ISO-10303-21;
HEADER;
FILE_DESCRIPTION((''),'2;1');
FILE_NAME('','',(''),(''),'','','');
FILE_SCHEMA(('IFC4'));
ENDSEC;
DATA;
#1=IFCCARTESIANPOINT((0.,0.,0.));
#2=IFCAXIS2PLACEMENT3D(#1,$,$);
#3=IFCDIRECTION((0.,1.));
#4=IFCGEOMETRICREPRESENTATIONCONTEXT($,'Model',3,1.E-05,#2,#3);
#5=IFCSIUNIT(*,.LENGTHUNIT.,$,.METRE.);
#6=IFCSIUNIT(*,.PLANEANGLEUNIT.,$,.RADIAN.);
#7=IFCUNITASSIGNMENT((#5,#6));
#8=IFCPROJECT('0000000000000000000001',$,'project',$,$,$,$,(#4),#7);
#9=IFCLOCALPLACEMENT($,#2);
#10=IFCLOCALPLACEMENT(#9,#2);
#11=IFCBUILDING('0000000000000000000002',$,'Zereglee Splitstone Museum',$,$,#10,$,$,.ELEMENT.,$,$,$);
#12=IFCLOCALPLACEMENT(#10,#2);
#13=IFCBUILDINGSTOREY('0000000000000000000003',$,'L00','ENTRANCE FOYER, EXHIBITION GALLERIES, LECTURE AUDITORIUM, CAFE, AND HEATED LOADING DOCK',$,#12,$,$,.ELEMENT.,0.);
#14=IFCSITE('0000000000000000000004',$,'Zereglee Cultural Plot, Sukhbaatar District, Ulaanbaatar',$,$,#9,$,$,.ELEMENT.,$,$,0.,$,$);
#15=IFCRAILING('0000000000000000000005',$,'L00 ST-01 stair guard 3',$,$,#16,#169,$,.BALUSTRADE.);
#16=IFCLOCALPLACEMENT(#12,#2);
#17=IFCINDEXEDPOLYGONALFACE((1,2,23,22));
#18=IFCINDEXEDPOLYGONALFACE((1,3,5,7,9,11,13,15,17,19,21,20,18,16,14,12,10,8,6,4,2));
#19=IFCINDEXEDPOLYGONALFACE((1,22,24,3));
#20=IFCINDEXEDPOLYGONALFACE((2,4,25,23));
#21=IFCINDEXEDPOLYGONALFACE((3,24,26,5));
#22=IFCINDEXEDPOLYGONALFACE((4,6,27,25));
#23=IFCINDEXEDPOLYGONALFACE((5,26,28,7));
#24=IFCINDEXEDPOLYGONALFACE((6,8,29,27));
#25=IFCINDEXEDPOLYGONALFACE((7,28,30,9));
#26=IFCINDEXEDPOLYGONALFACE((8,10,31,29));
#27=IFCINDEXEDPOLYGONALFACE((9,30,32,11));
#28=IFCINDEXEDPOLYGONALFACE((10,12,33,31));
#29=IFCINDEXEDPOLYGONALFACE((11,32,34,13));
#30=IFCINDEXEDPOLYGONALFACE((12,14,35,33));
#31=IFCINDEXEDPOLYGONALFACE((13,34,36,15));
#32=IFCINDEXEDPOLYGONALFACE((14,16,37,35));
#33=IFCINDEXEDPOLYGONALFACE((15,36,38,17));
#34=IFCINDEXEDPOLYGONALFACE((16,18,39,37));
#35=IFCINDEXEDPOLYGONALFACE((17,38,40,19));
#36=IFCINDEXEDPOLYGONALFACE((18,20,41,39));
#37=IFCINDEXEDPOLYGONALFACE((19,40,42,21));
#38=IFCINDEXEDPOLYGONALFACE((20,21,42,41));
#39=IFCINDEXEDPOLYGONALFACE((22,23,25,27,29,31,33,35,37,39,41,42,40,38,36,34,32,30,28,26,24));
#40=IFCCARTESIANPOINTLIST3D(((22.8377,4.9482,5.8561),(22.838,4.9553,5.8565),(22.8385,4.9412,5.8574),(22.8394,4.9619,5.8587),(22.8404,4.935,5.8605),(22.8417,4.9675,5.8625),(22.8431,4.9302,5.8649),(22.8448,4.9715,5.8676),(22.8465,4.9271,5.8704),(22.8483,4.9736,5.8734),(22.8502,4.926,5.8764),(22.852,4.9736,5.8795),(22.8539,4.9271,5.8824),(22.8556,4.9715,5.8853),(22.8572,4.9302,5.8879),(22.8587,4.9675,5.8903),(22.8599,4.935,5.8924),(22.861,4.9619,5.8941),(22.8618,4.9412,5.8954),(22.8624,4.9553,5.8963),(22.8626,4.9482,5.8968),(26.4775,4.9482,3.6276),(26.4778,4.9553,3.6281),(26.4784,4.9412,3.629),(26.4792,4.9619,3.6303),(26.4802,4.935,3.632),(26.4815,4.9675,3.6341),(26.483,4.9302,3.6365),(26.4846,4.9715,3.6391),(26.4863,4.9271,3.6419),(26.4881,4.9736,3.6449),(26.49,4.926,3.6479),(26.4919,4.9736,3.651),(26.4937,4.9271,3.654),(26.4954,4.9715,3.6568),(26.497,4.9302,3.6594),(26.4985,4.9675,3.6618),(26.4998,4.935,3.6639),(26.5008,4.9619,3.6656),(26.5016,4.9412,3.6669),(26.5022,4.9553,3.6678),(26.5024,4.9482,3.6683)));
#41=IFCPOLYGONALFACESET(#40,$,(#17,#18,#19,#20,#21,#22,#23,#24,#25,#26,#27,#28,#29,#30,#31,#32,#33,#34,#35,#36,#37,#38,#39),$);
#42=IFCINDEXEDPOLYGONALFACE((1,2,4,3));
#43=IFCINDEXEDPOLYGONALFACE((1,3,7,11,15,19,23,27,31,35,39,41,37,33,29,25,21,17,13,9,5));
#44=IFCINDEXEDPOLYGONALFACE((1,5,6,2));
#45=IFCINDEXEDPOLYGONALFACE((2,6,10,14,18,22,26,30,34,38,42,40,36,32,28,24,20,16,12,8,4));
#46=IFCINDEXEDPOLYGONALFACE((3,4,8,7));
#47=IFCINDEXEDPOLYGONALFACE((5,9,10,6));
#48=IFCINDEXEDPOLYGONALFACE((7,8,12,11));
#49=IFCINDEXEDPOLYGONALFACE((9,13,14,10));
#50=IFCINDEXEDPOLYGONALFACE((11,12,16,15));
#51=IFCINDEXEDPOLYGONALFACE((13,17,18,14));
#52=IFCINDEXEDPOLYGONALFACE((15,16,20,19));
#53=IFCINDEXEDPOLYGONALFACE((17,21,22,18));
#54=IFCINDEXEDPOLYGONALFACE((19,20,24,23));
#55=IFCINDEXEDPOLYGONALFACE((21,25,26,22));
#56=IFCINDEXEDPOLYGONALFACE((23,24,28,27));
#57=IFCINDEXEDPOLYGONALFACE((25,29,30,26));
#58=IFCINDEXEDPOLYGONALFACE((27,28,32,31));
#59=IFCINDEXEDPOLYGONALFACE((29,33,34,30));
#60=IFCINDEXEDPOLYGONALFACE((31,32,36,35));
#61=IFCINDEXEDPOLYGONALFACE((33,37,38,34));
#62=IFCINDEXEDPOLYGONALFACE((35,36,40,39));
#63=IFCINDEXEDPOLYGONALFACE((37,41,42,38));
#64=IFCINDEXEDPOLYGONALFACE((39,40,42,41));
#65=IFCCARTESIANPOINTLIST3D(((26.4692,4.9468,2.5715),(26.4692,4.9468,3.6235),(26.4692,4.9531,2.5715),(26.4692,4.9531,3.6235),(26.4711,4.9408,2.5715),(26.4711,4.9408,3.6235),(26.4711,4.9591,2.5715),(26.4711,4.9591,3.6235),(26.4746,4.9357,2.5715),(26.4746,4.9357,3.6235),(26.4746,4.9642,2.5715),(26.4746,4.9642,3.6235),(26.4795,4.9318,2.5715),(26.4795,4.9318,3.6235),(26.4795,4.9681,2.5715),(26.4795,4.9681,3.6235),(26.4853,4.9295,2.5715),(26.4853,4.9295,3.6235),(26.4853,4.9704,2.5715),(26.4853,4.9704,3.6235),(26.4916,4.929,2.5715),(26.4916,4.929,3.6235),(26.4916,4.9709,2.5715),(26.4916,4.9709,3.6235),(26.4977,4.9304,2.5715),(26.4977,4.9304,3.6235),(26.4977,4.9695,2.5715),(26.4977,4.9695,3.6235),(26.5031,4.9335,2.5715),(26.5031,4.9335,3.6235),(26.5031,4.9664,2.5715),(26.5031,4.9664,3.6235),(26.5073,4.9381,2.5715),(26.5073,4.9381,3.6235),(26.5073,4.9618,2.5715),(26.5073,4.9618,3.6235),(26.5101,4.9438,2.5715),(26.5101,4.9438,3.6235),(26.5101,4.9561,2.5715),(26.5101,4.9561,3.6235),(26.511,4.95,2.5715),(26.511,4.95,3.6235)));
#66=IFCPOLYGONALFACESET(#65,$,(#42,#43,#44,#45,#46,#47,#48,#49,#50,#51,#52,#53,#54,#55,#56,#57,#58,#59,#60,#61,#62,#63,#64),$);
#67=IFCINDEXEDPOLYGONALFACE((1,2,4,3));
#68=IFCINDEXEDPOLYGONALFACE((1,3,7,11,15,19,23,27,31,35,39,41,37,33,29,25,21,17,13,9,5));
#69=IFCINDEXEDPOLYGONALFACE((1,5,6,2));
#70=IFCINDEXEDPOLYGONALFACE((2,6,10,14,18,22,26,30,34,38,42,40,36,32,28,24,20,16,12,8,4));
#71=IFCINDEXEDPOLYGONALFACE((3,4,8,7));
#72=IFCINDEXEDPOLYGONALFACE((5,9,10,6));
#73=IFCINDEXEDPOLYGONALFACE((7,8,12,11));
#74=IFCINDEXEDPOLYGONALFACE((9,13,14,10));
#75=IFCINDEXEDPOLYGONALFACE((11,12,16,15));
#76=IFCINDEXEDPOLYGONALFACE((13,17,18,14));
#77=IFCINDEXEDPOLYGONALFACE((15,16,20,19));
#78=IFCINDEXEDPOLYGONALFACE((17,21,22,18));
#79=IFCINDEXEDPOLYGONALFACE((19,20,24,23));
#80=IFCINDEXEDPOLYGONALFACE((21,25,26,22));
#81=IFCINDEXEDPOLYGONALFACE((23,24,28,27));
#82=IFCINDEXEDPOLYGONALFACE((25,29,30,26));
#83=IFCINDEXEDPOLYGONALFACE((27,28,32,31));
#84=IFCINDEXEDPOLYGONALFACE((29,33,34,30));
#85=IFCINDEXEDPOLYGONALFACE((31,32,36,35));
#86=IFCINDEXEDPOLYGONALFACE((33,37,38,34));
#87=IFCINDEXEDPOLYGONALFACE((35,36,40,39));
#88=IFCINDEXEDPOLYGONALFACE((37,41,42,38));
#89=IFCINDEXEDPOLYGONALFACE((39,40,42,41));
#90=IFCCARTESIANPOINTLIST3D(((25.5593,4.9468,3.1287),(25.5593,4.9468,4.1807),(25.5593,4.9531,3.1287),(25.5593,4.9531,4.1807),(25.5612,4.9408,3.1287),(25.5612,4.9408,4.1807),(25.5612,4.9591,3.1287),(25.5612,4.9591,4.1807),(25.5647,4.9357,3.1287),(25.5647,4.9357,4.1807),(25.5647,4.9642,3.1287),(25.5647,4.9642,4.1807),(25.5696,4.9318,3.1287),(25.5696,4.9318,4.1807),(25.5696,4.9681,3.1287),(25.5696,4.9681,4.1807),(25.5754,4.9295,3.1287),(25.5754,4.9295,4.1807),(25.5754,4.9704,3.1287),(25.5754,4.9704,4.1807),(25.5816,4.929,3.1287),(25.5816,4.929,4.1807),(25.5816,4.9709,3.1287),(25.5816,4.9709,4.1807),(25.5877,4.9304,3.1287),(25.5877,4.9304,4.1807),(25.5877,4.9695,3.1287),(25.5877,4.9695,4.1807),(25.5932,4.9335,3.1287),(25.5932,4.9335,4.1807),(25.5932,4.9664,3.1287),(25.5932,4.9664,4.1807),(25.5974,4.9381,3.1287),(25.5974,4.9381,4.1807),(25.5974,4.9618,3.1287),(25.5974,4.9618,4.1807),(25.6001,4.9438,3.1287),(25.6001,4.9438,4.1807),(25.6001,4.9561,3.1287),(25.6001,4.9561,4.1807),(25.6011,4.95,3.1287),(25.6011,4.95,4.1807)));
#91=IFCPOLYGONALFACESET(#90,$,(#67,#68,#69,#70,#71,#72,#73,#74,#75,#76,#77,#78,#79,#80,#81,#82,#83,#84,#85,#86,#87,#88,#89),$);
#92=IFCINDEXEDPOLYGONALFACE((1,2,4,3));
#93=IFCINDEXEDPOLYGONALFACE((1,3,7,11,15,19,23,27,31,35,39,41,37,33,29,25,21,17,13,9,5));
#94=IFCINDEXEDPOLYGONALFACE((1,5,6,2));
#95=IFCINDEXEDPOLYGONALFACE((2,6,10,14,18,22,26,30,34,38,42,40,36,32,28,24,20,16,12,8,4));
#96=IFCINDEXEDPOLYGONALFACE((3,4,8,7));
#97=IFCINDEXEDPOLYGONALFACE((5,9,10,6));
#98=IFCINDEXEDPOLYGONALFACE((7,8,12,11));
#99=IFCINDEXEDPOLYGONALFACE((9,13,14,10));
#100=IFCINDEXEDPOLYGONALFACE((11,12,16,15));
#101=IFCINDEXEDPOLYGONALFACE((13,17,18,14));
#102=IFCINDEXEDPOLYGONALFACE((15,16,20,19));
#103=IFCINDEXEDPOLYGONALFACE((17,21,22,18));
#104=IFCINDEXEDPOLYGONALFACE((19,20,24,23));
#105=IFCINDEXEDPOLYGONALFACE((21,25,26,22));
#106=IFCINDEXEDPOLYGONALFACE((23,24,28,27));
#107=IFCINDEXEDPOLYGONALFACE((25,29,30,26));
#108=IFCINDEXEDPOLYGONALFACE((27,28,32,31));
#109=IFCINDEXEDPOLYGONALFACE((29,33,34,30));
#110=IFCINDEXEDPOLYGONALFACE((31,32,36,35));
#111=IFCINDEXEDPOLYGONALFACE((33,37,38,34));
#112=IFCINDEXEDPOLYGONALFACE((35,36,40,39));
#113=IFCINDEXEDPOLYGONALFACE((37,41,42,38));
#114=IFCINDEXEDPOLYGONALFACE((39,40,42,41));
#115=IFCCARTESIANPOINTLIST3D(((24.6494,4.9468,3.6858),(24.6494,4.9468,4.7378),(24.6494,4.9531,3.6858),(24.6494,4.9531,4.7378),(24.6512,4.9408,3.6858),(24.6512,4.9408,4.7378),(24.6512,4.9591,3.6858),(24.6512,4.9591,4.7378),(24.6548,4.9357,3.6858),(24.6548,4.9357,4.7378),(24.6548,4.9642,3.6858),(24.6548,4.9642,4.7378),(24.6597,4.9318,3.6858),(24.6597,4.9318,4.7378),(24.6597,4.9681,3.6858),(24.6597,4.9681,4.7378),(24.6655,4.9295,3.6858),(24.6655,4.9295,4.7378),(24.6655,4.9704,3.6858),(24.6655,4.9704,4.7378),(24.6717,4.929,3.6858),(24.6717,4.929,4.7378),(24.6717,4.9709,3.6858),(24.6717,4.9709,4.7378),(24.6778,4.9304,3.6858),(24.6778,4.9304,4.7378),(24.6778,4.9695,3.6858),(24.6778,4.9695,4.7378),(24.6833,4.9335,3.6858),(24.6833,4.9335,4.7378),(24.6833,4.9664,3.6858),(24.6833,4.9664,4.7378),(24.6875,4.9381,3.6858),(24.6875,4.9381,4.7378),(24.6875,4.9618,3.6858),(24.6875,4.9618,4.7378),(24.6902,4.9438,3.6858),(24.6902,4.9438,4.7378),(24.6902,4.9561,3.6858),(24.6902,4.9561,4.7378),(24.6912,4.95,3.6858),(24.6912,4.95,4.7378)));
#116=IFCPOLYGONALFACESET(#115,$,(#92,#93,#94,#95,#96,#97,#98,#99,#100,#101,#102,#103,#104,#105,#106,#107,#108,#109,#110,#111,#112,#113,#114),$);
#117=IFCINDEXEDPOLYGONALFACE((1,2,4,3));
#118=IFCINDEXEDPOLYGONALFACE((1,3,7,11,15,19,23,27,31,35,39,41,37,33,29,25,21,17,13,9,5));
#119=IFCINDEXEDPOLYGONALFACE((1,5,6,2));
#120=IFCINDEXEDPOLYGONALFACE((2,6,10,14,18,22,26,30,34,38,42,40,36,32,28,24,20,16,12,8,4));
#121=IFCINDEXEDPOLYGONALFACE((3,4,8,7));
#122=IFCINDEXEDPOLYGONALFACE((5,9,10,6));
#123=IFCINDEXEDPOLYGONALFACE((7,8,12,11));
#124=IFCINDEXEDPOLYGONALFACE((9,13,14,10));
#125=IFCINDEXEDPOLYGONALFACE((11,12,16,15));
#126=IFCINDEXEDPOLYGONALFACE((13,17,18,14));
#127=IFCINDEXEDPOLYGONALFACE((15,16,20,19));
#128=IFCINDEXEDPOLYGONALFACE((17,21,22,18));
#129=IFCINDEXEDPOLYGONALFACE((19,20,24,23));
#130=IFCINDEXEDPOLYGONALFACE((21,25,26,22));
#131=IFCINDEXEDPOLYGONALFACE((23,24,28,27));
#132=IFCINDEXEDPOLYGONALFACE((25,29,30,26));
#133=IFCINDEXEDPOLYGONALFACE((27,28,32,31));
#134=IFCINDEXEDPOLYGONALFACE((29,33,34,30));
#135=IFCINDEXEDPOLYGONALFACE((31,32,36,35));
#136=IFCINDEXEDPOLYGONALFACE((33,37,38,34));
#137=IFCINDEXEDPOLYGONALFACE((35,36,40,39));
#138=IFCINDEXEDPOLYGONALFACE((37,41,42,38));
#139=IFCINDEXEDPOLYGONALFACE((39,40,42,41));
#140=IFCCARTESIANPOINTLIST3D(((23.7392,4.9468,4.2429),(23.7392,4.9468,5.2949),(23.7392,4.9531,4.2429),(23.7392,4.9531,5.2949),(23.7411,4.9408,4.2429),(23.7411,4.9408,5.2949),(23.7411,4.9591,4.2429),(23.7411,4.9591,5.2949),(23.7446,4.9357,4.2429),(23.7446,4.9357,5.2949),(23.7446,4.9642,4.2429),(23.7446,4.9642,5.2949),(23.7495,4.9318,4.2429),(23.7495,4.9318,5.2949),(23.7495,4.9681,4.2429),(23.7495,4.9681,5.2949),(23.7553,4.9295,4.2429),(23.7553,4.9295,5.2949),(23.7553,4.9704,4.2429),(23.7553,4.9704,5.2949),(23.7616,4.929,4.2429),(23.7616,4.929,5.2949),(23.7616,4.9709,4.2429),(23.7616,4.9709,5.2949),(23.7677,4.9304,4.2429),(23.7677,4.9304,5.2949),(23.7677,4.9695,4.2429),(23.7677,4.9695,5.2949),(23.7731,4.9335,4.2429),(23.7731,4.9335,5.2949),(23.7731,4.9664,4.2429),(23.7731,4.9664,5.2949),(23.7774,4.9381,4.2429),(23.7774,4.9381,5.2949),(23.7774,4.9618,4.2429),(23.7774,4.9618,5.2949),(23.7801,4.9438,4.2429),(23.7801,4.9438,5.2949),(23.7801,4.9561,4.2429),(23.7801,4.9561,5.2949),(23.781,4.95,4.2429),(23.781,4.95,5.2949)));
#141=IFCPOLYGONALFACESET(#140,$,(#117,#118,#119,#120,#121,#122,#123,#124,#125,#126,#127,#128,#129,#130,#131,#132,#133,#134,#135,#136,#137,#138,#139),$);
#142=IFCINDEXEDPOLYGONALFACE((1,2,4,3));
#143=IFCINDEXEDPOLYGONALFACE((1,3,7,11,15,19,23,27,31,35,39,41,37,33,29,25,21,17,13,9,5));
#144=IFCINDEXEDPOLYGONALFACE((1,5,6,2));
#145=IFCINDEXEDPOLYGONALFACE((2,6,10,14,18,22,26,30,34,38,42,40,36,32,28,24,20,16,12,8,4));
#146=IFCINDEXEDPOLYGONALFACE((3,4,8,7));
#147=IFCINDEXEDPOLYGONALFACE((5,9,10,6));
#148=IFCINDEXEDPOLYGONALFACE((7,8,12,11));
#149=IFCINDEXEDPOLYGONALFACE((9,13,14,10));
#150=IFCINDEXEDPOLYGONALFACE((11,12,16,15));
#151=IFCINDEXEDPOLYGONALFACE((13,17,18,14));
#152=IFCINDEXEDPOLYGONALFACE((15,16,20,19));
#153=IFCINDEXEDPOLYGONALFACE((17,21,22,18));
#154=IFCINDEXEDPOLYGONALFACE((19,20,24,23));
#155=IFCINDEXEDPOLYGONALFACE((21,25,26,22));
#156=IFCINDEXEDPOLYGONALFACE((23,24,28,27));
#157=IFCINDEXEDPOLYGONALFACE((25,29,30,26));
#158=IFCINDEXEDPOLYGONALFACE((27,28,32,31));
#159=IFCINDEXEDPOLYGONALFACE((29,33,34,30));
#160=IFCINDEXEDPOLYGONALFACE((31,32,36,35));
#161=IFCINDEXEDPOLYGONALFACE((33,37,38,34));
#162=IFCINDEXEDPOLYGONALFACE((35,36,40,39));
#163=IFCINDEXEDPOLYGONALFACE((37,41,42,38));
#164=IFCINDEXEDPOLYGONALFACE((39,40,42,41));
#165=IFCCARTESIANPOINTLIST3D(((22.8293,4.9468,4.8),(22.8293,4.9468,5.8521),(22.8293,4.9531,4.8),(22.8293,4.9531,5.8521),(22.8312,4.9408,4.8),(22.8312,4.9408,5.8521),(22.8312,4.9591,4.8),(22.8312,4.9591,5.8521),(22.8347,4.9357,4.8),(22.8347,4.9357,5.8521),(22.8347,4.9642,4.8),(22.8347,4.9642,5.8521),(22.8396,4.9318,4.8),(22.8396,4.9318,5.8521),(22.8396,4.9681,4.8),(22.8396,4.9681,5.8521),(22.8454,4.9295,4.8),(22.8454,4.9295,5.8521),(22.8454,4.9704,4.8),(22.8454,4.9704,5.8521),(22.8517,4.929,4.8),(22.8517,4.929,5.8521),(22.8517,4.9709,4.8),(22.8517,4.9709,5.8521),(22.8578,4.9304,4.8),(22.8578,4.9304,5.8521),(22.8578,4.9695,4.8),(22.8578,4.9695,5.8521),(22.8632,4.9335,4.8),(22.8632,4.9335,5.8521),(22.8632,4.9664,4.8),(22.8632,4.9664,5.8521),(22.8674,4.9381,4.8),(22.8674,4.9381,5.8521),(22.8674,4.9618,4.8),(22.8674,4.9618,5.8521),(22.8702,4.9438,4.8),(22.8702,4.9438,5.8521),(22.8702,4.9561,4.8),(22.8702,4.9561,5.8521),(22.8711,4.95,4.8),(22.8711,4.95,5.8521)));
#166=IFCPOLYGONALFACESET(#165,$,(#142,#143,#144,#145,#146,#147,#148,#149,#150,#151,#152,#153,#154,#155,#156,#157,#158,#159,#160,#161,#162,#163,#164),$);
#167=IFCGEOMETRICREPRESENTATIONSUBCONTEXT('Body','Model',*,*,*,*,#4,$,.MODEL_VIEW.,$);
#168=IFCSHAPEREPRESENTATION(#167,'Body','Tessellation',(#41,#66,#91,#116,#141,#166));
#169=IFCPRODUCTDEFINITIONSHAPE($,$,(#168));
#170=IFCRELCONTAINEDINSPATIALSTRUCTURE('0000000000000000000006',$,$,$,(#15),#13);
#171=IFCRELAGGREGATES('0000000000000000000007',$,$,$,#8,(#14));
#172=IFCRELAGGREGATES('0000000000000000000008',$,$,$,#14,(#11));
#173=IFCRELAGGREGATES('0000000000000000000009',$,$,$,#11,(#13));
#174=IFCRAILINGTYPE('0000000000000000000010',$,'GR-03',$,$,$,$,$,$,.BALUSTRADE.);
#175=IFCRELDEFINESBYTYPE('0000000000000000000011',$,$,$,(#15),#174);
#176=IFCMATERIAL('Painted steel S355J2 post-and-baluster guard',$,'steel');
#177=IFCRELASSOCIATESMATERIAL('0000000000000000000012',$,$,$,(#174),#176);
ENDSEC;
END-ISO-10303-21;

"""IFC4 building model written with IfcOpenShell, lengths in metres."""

from ifc_helpers import new_model, si_unit, direction, frame, origin, origin_2d, place, context, subcontext, project, spatial, circle, extrude, material, type_object, element, save


model = new_model("IFC4")

# Units and contexts
model_context = context("Model", 3, precision=1e-05, world=origin(), true_north=direction((0.0, 1.0)))
body_context = subcontext(model_context, "Body", "Model", "MODEL_VIEW")
ifc_project = project(units=[si_unit("LENGTHUNIT", "METRE"), si_unit("PLANEANGLEUNIT", "RADIAN")], contexts=[model_context])

# Site, building, storey
site_placement = place(None, origin())
site = spatial("IfcSite", under=ifc_project, at=site_placement, Name="Zereglee Cultural Plot, Sukhbaatar District, Ulaanbaatar", CompositionType="ELEMENT", RefElevation=0.0)
building_placement = place(site_placement, origin())
building = spatial("IfcBuilding", under=site, at=building_placement, Name="Zereglee Splitstone Museum", CompositionType="ELEMENT")
storey_placement = place(building_placement, origin())
storey = spatial("IfcBuildingStorey", under=building, at=storey_placement, Name="L00", Description="ENTRANCE FOYER, EXHIBITION GALLERIES, LECTURE AUDITORIUM, CAFE, AND HEATED LOADING DOCK", CompositionType="ELEMENT", Elevation=0.0)

# Railing
ifc_material_1 = material(Name="Painted steel S355J2 post-and-baluster guard", Category="steel")
railing_type_1 = type_object("IfcRailingType", Name="GR-03", PredefinedType="BALUSTRADE", material=ifc_material_1)
railing_1_placement = place(storey_placement, frame((26.49, 4.95, 2.5715)))
element("IfcRailing", 1, at=railing_1_placement, inside=storey, type_object=railing_type_1, Name="L00 ST-01 stair guard 3", PredefinedType="BALUSTRADE", context=body_context, shape_type="SweptSolid", body=[
    extrude(circle(Radius=0.0239, at=origin_2d()), frame((0.0, 0.0, 1.0764), z_axis=(-0.85285, 0.0, 0.522156), x_axis=(0.0, -1.0, 0.0)), (0.0, 0.0, 1.0), 4.2678),
    extrude(circle(Radius=0.021, at=origin_2d()), origin(), (0.0, 0.0, 1.0), 1.052),
    extrude(circle(Radius=0.021, at=origin_2d()), frame((-0.9099, 0.0, 0.5571)), (0.0, 0.0, 1.0), 1.052),
    extrude(circle(Radius=0.021, at=origin_2d()), frame((-1.8198, 0.0, 1.1143)), (0.0, 0.0, 1.0), 1.052),
    extrude(circle(Radius=0.021, at=origin_2d()), frame((-2.73, 0.0, 1.6714)), (0.0, 0.0, 1.0), 1.052),
    extrude(circle(Radius=0.021, at=origin_2d()), frame((-3.6399, 0.0, 2.2285)), (0.0, 0.0, 1.0), 1.052),
])

save(model, "model.ifc")
